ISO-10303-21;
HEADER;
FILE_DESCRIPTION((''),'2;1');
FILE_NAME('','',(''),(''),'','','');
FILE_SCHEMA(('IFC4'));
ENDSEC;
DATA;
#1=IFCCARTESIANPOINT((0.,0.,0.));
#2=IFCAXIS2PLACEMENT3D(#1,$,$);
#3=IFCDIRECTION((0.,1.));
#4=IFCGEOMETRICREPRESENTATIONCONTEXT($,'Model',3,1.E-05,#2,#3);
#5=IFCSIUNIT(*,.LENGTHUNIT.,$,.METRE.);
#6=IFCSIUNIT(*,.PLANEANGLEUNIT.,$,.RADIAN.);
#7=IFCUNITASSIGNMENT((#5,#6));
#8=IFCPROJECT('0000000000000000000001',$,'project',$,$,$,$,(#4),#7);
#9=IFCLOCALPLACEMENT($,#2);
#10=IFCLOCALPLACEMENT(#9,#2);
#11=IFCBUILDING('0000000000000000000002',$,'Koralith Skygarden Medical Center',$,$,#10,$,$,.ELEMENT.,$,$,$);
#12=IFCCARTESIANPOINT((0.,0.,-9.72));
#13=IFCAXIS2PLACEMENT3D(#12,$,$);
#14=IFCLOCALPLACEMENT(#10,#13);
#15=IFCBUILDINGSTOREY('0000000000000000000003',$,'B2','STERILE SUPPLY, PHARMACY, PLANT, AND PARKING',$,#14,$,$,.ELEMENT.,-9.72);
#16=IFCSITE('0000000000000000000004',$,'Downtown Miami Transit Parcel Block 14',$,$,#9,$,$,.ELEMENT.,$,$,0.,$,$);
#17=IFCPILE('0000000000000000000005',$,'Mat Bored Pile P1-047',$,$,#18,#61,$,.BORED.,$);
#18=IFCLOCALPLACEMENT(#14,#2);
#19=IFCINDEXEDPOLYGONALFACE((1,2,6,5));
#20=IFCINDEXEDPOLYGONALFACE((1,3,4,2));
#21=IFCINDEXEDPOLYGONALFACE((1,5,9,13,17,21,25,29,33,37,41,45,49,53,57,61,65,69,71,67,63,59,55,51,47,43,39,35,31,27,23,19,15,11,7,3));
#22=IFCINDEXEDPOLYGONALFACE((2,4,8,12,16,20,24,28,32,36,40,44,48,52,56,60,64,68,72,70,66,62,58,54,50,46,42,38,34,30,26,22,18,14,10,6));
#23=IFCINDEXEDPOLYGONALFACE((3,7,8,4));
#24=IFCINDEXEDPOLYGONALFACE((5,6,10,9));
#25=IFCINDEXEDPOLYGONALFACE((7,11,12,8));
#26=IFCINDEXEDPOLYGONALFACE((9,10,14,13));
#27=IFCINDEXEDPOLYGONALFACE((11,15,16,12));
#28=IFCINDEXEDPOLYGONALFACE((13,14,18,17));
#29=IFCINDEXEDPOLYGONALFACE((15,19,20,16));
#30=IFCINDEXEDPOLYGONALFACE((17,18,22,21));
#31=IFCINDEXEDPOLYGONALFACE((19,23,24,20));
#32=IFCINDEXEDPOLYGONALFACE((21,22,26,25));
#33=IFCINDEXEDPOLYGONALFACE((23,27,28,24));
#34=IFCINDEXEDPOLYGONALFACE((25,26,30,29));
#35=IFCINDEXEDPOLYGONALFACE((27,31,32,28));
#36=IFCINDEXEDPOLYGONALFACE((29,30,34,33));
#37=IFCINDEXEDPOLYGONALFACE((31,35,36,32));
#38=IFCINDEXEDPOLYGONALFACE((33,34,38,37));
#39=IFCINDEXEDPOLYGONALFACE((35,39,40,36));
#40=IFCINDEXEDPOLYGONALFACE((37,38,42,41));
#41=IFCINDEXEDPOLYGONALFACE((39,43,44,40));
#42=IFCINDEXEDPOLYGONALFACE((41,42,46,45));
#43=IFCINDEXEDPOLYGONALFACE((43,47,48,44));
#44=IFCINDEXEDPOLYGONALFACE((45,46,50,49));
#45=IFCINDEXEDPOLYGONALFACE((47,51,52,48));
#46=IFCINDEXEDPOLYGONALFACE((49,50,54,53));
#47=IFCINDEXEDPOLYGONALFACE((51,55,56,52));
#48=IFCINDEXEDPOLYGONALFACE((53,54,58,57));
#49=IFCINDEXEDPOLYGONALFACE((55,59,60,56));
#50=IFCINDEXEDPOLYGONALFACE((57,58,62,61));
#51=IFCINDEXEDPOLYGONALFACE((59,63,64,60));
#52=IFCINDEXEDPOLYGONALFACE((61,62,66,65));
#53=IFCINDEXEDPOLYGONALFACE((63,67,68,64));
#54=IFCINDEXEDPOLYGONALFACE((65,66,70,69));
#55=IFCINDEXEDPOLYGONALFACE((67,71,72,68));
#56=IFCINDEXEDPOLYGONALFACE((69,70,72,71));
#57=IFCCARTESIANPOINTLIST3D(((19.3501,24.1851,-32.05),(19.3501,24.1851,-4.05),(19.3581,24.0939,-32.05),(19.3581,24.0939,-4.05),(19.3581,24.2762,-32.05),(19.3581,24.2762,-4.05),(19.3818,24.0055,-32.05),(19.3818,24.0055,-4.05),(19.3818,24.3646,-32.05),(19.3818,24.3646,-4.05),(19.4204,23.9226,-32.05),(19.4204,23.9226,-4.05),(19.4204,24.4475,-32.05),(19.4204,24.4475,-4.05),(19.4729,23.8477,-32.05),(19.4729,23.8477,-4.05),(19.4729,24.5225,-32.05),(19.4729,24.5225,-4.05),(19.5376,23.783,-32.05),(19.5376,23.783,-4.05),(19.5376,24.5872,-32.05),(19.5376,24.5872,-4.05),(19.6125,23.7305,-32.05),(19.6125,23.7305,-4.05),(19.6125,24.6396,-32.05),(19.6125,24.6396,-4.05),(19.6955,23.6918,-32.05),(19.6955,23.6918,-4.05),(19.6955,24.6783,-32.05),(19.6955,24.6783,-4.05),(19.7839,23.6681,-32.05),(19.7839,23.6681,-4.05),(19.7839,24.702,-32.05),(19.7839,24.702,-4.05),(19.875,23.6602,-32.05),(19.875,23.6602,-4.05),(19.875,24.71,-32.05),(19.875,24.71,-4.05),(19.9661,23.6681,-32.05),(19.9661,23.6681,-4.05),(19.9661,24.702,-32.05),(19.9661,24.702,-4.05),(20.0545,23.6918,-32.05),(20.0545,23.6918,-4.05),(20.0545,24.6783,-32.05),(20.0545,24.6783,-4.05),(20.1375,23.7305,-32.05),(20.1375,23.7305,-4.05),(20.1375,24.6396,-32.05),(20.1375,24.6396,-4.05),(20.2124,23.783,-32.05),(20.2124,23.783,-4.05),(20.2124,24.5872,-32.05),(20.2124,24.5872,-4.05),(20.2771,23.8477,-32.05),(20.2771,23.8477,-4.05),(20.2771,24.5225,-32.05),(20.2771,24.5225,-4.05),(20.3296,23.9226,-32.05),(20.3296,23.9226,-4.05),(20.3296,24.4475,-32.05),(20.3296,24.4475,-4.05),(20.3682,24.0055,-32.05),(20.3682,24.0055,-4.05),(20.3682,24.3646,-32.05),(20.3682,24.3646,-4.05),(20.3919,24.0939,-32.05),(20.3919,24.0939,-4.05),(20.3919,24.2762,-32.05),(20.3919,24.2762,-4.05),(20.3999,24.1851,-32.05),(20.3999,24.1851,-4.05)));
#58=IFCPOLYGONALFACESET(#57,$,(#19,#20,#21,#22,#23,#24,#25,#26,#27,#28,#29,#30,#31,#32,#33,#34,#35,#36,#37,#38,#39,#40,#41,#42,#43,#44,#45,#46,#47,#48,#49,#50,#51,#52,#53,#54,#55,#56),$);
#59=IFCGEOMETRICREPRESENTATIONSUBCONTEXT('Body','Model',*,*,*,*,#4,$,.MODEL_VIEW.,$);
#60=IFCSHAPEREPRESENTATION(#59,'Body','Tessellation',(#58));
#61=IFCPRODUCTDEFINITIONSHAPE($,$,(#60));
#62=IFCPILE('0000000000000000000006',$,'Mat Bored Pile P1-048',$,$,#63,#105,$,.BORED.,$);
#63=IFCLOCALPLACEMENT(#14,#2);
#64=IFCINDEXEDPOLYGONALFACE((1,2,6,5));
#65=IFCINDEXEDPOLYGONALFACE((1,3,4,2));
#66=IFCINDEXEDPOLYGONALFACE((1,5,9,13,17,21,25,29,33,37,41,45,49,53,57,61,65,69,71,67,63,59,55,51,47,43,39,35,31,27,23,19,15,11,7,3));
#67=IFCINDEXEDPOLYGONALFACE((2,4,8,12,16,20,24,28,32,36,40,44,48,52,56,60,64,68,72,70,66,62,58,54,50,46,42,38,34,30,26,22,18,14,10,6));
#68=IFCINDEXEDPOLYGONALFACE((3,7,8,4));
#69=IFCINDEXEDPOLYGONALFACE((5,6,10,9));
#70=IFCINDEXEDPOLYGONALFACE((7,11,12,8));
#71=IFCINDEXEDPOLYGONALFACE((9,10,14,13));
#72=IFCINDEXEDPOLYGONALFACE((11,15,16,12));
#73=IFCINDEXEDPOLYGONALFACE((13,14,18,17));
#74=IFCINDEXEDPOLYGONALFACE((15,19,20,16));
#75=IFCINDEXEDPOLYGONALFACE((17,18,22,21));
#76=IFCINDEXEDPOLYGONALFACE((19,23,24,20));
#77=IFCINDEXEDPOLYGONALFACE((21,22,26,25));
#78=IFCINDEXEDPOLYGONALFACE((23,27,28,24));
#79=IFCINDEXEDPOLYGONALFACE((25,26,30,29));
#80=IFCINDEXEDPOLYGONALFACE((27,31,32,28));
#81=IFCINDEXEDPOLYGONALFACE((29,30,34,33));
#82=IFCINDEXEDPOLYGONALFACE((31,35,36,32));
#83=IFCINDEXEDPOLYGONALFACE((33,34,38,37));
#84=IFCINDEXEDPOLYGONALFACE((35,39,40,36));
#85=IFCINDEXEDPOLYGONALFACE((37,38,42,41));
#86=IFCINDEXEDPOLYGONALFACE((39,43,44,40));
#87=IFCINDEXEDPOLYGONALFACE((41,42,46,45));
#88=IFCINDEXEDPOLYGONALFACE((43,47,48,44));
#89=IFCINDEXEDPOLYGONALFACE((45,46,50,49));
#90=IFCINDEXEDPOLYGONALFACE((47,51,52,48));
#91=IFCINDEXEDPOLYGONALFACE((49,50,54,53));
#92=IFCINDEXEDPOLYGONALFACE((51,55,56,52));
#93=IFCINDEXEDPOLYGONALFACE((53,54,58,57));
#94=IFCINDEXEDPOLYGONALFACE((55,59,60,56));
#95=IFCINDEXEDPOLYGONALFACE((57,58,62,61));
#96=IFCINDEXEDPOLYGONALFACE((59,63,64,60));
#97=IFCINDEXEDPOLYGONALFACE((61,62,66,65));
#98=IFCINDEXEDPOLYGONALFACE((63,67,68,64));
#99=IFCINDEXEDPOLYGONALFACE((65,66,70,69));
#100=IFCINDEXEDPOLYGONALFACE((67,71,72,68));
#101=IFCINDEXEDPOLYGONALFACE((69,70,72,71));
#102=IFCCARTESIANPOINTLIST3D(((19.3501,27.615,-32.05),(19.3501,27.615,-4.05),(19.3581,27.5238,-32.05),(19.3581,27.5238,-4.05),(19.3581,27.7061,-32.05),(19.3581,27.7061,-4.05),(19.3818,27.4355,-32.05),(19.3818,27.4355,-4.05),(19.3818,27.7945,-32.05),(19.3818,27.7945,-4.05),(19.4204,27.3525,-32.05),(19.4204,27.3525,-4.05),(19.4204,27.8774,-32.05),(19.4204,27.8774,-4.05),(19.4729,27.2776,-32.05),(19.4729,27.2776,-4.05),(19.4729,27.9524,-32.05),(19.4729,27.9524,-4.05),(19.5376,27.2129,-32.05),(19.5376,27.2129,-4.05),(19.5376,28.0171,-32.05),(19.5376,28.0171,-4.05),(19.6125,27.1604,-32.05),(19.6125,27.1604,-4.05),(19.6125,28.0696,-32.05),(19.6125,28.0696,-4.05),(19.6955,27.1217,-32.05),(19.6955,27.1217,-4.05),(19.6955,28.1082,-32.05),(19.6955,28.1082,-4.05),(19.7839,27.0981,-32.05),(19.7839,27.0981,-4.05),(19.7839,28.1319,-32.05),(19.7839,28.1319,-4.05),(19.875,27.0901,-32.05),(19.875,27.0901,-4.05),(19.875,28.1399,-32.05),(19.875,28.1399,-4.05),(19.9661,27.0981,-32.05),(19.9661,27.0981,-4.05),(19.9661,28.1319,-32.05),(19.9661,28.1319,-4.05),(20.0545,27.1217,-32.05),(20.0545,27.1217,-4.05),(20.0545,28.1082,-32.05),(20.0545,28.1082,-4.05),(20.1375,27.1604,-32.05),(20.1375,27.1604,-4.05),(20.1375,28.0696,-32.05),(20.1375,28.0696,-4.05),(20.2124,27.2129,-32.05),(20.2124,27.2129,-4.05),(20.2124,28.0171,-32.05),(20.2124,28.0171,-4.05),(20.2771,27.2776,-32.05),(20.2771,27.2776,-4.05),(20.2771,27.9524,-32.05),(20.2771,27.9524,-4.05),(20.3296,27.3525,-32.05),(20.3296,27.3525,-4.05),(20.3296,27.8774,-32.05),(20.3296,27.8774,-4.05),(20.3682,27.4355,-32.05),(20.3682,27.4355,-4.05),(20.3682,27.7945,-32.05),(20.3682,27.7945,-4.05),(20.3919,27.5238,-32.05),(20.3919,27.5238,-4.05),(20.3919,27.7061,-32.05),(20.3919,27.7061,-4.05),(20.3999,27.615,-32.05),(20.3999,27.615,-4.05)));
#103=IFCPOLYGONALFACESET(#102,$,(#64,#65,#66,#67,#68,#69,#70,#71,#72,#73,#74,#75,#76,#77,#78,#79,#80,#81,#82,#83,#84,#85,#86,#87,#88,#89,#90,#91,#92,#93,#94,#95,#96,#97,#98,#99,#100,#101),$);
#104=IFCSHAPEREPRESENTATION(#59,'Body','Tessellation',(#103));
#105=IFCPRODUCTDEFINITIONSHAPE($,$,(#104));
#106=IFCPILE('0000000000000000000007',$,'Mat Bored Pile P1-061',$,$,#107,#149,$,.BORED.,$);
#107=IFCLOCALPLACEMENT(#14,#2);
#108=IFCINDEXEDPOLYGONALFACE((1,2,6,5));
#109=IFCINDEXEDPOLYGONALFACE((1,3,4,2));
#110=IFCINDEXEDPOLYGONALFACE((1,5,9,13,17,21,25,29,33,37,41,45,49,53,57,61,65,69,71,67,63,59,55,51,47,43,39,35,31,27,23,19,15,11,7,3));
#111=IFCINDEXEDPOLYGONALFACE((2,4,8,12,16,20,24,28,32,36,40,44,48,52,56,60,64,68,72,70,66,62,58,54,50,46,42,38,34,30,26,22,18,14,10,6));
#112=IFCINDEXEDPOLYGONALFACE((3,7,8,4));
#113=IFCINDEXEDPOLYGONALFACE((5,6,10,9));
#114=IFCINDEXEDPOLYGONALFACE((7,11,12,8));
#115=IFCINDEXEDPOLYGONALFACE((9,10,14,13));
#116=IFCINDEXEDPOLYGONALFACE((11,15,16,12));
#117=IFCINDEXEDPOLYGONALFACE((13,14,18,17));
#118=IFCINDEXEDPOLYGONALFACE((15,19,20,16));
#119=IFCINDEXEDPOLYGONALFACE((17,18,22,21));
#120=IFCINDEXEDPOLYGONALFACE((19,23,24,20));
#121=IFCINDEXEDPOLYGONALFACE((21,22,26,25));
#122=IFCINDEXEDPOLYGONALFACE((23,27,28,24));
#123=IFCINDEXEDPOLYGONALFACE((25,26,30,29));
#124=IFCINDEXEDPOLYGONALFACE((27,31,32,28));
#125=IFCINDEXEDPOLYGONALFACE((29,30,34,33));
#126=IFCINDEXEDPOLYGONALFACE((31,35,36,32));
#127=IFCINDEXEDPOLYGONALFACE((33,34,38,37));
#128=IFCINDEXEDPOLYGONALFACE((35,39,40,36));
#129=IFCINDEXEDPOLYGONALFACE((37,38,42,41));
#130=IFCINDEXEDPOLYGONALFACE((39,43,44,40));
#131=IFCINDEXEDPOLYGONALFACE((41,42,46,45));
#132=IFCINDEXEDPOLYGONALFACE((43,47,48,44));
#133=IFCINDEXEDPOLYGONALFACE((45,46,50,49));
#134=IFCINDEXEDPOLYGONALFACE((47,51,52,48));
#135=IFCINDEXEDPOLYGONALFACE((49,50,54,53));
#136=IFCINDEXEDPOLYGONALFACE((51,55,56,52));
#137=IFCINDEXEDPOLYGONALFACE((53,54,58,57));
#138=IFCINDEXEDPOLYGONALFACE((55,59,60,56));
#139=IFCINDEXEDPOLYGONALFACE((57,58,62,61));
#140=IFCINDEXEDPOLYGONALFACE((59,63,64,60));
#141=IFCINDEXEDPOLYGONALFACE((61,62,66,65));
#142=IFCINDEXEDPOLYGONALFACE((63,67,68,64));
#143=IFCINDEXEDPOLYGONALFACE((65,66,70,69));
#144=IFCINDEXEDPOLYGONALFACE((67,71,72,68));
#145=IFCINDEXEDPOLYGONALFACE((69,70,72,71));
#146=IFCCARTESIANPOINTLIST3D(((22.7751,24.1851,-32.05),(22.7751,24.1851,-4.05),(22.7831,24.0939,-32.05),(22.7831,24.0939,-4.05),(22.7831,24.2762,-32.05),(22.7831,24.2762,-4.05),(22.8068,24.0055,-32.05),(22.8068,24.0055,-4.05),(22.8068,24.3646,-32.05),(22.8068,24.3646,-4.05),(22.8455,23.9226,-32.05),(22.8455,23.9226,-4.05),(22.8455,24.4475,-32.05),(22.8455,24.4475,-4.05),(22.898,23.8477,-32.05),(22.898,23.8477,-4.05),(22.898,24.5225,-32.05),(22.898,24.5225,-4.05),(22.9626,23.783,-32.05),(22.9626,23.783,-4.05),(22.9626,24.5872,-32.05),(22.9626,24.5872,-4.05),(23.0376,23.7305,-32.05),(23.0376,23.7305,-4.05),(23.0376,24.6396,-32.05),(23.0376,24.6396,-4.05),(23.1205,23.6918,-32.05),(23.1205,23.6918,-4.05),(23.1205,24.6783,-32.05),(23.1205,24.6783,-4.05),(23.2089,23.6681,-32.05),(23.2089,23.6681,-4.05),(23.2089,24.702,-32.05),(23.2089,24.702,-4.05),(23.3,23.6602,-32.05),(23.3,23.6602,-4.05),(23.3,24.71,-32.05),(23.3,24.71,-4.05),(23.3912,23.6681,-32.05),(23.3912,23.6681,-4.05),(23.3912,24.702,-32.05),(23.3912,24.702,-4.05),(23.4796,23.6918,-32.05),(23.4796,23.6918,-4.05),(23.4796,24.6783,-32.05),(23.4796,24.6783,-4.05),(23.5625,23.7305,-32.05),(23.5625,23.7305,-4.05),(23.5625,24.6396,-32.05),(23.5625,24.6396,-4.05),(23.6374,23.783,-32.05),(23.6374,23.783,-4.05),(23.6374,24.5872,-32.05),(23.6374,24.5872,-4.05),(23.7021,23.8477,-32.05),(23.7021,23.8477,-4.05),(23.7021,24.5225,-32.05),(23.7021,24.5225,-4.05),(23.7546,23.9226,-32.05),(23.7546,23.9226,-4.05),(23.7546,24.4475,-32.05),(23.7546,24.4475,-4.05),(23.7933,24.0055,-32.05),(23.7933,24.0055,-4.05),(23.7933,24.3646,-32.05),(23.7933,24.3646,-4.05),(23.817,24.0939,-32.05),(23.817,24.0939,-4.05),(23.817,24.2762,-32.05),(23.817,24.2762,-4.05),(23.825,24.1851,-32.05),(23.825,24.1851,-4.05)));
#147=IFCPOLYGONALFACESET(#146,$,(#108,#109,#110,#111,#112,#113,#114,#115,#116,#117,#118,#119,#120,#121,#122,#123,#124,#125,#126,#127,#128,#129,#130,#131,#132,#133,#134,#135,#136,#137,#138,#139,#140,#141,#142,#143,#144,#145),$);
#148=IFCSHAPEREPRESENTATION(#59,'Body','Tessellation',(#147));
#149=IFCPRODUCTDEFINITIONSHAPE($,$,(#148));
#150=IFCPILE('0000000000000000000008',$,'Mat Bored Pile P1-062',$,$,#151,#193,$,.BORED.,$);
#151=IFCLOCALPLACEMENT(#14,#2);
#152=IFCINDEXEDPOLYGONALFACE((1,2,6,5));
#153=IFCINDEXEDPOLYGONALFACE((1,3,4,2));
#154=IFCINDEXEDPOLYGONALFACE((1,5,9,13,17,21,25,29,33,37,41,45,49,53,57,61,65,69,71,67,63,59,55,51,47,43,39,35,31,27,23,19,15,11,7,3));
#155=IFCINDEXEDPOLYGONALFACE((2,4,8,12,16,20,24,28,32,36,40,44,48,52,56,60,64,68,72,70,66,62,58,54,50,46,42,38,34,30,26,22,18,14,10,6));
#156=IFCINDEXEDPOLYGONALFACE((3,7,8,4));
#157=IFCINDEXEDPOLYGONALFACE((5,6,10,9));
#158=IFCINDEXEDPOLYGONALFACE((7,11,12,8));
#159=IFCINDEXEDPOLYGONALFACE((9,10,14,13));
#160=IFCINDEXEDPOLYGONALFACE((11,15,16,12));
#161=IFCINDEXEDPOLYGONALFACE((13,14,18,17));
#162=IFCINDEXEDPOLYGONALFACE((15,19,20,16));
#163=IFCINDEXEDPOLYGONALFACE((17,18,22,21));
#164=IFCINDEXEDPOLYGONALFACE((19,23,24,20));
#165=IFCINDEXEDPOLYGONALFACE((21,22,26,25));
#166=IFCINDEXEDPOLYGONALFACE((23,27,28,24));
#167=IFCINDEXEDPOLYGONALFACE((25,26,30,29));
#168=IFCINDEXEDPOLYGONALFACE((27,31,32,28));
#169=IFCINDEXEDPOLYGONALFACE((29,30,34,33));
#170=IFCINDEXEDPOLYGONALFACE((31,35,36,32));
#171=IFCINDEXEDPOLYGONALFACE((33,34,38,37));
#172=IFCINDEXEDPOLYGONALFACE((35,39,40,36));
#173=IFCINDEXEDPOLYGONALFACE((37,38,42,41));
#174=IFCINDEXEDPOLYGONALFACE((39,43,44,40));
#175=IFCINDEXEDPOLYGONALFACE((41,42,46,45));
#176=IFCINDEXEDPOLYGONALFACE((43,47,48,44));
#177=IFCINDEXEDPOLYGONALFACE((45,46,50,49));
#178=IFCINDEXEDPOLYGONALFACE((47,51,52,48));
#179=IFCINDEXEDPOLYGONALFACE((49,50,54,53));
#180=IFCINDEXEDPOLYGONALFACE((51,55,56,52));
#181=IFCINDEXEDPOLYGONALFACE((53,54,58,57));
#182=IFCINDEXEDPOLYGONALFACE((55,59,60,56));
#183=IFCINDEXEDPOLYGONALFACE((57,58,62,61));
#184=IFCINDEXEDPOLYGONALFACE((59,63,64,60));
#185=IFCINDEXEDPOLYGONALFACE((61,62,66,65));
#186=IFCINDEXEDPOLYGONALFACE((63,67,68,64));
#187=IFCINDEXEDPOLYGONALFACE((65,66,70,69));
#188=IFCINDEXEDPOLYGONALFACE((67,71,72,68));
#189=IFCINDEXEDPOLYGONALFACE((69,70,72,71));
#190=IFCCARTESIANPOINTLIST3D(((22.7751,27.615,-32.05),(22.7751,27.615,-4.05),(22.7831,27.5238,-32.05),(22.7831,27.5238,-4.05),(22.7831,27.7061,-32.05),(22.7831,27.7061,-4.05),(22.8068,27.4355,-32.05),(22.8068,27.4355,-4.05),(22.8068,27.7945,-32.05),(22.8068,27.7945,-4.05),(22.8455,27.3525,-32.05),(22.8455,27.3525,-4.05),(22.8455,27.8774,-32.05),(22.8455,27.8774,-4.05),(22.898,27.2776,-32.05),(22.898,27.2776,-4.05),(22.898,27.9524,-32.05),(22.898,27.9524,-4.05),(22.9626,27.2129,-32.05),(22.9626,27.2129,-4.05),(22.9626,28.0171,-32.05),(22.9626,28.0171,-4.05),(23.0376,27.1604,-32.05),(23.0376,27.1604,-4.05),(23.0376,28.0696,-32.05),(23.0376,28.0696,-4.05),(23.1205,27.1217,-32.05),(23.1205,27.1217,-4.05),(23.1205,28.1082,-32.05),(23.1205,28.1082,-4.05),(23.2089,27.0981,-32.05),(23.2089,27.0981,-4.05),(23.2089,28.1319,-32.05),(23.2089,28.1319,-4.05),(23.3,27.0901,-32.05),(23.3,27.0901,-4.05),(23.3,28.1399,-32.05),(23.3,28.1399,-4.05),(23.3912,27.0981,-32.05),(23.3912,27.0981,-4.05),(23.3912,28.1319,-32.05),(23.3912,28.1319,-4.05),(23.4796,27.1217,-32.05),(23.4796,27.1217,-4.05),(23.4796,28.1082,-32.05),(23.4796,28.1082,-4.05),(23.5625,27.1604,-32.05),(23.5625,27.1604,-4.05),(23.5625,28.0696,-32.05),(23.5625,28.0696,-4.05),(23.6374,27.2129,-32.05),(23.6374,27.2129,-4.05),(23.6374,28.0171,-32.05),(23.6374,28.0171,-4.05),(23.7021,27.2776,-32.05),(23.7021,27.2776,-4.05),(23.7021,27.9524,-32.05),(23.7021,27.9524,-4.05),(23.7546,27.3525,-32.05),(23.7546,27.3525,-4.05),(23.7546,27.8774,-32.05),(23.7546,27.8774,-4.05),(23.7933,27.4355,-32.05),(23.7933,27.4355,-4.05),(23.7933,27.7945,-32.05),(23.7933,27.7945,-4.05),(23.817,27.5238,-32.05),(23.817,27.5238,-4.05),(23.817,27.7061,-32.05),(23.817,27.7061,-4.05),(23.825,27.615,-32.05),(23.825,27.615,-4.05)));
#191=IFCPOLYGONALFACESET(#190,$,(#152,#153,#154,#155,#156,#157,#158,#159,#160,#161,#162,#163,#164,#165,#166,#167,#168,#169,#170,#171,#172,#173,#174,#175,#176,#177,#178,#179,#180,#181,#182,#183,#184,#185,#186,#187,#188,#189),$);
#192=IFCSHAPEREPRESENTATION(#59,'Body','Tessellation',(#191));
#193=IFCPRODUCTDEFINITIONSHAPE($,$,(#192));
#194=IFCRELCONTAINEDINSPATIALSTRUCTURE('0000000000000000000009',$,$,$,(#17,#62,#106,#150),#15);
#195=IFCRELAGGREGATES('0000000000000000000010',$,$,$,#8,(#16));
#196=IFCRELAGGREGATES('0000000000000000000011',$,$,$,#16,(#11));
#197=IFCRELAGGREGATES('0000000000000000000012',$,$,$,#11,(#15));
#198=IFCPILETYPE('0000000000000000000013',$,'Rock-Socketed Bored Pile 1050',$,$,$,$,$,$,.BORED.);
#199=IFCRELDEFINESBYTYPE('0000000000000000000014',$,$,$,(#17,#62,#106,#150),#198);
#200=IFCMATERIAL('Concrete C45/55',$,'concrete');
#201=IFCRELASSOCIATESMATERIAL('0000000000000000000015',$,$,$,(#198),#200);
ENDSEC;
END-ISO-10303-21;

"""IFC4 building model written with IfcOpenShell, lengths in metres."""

from ifc_helpers import new_model, si_unit, direction, frame, origin, origin_2d, place, context, subcontext, project, spatial, circle, extrude, material, material_profile, profile_set, type_object, element, save


model = new_model("IFC4")

# Units and contexts
model_context = context("Model", 3, precision=1e-05, world=origin(), true_north=direction((0.0, 1.0)))
body_context = subcontext(model_context, "Body", "Model", "MODEL_VIEW")
ifc_project = project(units=[si_unit("LENGTHUNIT", "METRE"), si_unit("PLANEANGLEUNIT", "RADIAN")], contexts=[model_context])

# Site, building, storey
site_placement = place(None, origin())
site = spatial("IfcSite", under=ifc_project, at=site_placement, Name="Downtown Miami Transit Parcel Block 14", CompositionType="ELEMENT", RefElevation=0.0)
building_placement = place(site_placement, origin())
building = spatial("IfcBuilding", under=site, at=building_placement, Name="Koralith Skygarden Medical Center", CompositionType="ELEMENT")
storey_placement = place(building_placement, frame((0.0, 0.0, -9.72)))
storey = spatial("IfcBuildingStorey", under=building, at=storey_placement, Name="B2", Description="STERILE SUPPLY, PHARMACY, PLANT, AND PARKING", CompositionType="ELEMENT", Elevation=-9.72)

# Piles
ifc_material_1 = material(Name="Concrete C45/55", Category="concrete")
ifc_material_profile_1 = material_profile(ifc_material_1, circle(Radius=0.5249, at=origin_2d()), Name="PILE1050")
ifc_profile_set_1 = profile_set([ifc_material_profile_1], Name="Concrete C45/55")
pile_type_1 = type_object("IfcPileType", Name="Rock-Socketed Bored Pile 1050", PredefinedType="BORED", material=ifc_profile_set_1)
for number, where, z_axis, x_axis, name in (
    (1, (19.875, 24.1851, -4.05), (0.0, 0.0, -1.0), (1.0, 0.0, 0.0), "Mat Bored Pile P1-047"),
    (2, (19.875, 27.615, -4.05), (0.0, 0.0, -1.0), (1.0, 0.0, 0.0), "Mat Bored Pile P1-048"),
    (3, (23.3, 24.1851, -4.05), (0.0, 0.0, -1.0), (1.0, 0.0, 0.0), "Mat Bored Pile P1-061"),
    (4, (23.3, 27.615, -4.05), (0.0, 0.0, -1.0), (1.0, 0.0, 0.0), "Mat Bored Pile P1-062"),
):
    element("IfcPile", number, at=place(storey_placement, frame(where, z_axis=z_axis, x_axis=x_axis)), inside=storey, type_object=pile_type_1, Name=name, PredefinedType="BORED", context=body_context, shape_type="SweptSolid", body=[
        extrude(circle(Radius=0.5249, at=origin_2d()), origin(), (0.0, 0.0, 1.0), 28.0),
    ])

save(model, "model.ifc")
